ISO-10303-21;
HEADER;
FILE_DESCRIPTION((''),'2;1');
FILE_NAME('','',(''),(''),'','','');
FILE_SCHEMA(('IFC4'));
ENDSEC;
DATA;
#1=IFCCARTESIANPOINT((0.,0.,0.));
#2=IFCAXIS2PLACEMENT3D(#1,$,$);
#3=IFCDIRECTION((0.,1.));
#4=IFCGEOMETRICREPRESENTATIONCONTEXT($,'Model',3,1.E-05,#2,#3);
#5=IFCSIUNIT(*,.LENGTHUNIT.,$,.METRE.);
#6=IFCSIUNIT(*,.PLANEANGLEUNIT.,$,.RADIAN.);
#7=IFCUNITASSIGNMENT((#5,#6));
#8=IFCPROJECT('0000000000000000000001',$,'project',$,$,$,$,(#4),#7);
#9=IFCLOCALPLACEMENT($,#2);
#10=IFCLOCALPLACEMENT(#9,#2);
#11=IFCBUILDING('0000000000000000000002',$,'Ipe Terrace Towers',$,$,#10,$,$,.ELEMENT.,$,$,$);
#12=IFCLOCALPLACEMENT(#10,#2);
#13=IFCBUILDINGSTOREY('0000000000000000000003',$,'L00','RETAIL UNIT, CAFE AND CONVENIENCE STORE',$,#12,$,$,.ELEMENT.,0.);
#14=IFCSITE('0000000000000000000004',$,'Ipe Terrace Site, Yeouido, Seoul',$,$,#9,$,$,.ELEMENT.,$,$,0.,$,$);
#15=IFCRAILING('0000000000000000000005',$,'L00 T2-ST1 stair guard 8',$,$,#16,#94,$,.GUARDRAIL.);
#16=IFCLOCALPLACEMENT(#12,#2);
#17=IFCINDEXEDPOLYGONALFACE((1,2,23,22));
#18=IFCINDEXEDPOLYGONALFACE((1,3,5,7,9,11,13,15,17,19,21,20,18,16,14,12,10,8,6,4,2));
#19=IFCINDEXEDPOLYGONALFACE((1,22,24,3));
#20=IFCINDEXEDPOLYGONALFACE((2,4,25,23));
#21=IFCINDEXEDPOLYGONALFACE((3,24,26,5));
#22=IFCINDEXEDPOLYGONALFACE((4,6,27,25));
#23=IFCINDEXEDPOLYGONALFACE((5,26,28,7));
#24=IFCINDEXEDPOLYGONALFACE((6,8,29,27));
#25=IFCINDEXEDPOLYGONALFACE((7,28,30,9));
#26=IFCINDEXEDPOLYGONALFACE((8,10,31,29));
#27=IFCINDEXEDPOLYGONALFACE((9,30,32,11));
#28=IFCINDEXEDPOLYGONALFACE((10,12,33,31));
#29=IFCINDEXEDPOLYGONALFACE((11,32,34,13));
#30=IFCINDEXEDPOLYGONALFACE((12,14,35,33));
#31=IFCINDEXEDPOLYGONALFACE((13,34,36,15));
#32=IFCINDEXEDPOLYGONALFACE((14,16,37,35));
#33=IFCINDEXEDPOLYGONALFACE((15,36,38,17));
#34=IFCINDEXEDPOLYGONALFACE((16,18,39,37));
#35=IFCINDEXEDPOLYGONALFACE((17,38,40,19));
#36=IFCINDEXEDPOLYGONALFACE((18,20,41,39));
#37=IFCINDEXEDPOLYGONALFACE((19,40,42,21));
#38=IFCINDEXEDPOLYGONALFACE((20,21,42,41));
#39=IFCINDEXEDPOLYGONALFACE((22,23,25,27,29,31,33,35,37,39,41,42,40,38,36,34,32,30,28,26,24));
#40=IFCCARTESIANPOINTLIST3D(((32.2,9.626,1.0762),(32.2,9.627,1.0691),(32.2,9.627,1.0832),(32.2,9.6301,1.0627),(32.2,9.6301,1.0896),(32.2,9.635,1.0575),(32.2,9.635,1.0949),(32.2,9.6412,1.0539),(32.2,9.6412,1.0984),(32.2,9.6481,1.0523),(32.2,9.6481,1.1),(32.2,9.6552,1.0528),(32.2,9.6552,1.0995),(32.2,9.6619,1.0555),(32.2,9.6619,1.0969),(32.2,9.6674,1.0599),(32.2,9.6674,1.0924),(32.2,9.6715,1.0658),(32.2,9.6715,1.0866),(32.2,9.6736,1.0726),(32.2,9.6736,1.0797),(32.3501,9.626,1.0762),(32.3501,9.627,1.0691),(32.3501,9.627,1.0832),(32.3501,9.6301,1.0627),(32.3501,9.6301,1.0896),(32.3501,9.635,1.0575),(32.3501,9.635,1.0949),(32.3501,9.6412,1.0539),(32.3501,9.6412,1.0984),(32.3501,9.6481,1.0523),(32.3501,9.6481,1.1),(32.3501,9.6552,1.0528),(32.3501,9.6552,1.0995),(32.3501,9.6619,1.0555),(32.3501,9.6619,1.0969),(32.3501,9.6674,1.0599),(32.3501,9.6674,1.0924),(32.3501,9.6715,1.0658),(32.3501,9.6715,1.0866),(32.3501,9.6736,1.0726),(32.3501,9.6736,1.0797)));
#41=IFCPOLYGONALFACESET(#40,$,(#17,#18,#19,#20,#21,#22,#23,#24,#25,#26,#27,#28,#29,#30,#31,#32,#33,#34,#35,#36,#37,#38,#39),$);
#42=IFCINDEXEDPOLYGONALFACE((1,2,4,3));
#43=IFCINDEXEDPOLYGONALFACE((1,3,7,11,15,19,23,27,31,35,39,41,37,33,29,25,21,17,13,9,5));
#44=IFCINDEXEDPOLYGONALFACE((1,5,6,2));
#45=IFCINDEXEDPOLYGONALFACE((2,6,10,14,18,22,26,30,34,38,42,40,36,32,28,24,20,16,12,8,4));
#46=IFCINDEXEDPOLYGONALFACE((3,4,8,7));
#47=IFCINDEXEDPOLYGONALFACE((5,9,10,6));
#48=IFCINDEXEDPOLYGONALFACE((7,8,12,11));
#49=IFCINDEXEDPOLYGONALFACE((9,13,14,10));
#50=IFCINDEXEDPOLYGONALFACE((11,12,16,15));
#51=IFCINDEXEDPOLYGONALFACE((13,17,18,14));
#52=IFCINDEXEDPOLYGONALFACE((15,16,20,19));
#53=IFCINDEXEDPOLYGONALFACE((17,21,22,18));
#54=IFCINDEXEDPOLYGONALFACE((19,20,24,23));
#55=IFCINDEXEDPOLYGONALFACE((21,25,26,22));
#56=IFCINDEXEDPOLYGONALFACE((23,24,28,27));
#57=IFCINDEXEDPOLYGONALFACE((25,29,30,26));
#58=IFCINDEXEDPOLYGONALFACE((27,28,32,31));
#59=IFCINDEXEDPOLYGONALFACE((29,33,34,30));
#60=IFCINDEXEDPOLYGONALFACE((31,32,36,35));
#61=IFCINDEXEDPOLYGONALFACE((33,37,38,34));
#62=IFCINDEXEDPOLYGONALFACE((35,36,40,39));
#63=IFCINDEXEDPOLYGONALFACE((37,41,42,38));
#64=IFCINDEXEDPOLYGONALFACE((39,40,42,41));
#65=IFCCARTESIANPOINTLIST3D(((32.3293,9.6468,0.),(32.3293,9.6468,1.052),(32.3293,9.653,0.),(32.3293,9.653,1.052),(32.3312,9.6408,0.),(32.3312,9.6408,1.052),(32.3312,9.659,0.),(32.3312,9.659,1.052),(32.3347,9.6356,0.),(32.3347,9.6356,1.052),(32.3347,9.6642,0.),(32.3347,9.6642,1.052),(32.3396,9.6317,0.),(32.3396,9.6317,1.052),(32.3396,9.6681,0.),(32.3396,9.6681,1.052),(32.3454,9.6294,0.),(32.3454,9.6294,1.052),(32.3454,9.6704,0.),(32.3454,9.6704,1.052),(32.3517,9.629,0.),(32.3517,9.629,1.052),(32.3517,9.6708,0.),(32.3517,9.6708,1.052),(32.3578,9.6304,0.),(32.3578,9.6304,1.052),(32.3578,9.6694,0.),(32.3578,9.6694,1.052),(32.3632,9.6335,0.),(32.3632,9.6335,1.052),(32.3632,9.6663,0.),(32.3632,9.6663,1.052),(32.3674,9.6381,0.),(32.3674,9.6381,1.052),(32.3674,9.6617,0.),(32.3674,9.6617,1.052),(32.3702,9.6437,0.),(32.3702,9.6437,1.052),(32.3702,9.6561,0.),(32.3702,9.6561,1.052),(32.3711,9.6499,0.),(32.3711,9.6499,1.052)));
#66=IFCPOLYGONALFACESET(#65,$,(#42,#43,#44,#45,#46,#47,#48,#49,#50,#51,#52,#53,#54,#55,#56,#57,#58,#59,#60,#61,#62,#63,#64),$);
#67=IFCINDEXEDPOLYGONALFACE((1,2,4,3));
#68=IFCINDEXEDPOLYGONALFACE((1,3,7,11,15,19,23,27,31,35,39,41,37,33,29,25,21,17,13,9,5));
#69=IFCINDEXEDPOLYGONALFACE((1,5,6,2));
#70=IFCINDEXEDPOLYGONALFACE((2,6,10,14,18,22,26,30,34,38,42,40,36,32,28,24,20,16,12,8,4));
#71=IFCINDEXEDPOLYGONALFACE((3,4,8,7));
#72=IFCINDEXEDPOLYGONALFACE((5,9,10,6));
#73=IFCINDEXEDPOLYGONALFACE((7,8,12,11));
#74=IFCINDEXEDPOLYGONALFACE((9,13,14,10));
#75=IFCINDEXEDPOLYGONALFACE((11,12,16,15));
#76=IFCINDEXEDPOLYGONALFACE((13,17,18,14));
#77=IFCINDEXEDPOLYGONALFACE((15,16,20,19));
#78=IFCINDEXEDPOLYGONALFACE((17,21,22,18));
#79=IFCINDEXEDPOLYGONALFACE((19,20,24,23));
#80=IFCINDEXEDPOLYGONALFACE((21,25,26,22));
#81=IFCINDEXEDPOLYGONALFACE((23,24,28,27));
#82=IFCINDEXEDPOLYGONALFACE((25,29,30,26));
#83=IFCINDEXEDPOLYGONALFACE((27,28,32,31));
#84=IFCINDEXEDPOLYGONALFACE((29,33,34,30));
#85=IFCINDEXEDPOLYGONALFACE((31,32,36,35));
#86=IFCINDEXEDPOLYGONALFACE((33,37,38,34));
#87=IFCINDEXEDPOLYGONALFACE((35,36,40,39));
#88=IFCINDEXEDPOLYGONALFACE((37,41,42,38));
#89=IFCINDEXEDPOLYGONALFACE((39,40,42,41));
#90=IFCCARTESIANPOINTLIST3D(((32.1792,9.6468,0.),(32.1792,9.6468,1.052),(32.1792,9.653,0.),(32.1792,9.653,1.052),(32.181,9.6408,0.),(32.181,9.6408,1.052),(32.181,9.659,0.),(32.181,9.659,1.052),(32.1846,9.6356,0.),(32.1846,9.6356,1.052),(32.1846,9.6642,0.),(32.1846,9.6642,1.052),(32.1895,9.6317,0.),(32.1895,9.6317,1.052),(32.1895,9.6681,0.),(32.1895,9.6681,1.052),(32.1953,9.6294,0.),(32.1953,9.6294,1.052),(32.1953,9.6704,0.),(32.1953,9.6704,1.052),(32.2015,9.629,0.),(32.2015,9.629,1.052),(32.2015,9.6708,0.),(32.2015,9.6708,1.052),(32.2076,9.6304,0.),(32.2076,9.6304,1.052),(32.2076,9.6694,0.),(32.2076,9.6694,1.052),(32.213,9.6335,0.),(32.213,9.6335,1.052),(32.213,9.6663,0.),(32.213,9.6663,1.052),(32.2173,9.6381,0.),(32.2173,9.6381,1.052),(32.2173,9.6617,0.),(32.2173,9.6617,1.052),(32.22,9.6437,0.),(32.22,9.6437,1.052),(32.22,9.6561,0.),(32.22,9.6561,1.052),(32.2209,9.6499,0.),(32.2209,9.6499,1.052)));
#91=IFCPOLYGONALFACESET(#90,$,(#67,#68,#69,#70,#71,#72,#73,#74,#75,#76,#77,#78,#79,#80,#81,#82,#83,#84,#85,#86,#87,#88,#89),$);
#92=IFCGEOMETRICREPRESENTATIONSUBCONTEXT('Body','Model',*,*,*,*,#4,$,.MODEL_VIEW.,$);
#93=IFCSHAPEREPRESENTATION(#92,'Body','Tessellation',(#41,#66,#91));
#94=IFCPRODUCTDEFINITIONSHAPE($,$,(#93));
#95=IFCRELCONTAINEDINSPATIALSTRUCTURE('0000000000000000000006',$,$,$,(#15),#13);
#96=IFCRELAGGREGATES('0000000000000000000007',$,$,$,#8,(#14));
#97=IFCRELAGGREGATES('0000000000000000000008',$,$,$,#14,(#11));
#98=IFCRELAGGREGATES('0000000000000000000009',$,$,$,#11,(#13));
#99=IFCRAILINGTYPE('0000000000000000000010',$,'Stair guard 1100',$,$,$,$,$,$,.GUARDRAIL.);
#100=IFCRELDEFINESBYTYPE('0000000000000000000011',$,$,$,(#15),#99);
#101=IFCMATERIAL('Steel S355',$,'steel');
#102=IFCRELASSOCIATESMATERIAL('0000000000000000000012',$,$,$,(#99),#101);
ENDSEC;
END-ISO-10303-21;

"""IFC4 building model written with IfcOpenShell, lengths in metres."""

from ifc_helpers import new_model, si_unit, direction, frame, origin, origin_2d, place, context, subcontext, project, spatial, circle, extrude, material, type_object, element, save


model = new_model("IFC4")

# Units and contexts
model_context = context("Model", 3, precision=1e-05, world=origin(), true_north=direction((0.0, 1.0)))
body_context = subcontext(model_context, "Body", "Model", "MODEL_VIEW")
ifc_project = project(units=[si_unit("LENGTHUNIT", "METRE"), si_unit("PLANEANGLEUNIT", "RADIAN")], contexts=[model_context])

# Site, building, storey
site_placement = place(None, origin())
site = spatial("IfcSite", under=ifc_project, at=site_placement, Name="Ipe Terrace Site, Yeouido, Seoul", CompositionType="ELEMENT", RefElevation=0.0)
building_placement = place(site_placement, origin())
building = spatial("IfcBuilding", under=site, at=building_placement, Name="Ipe Terrace Towers", CompositionType="ELEMENT")
storey_placement = place(building_placement, origin())
storey = spatial("IfcBuildingStorey", under=building, at=storey_placement, Name="L00", Description="RETAIL UNIT, CAFE AND CONVENIENCE STORE", CompositionType="ELEMENT", Elevation=0.0)

# Railing
ifc_material_1 = material(Name="Steel S355", Category="steel")
railing_type = type_object("IfcRailingType", Name="Stair guard 1100", PredefinedType="GUARDRAIL", material=ifc_material_1)
for number, where, name in (
    (1, (32.3501, 9.6499, 0.0), "L00 T2-ST1 stair guard 8"),
):
    element("IfcRailing", number, at=place(storey_placement, frame(where)), inside=storey, type_object=railing_type, Name=name, PredefinedType="GUARDRAIL", context=body_context, shape_type="SweptSolid", body=[
        extrude(circle(Radius=0.0239, at=origin_2d()), frame((0.0, 0.0, 1.0762), z_axis=(-1.0, 0.0, 0.0), x_axis=(0.0, -1.0, 0.0)), (0.0, 0.0, 1.0), 0.1501),
        extrude(circle(Radius=0.021, at=origin_2d()), origin(), (0.0, 0.0, 1.0), 1.052),
        extrude(circle(Radius=0.021, at=origin_2d()), frame((-0.1501, 0.0, 0.0)), (0.0, 0.0, 1.0), 1.052),
    ])

save(model, "model.ifc")
